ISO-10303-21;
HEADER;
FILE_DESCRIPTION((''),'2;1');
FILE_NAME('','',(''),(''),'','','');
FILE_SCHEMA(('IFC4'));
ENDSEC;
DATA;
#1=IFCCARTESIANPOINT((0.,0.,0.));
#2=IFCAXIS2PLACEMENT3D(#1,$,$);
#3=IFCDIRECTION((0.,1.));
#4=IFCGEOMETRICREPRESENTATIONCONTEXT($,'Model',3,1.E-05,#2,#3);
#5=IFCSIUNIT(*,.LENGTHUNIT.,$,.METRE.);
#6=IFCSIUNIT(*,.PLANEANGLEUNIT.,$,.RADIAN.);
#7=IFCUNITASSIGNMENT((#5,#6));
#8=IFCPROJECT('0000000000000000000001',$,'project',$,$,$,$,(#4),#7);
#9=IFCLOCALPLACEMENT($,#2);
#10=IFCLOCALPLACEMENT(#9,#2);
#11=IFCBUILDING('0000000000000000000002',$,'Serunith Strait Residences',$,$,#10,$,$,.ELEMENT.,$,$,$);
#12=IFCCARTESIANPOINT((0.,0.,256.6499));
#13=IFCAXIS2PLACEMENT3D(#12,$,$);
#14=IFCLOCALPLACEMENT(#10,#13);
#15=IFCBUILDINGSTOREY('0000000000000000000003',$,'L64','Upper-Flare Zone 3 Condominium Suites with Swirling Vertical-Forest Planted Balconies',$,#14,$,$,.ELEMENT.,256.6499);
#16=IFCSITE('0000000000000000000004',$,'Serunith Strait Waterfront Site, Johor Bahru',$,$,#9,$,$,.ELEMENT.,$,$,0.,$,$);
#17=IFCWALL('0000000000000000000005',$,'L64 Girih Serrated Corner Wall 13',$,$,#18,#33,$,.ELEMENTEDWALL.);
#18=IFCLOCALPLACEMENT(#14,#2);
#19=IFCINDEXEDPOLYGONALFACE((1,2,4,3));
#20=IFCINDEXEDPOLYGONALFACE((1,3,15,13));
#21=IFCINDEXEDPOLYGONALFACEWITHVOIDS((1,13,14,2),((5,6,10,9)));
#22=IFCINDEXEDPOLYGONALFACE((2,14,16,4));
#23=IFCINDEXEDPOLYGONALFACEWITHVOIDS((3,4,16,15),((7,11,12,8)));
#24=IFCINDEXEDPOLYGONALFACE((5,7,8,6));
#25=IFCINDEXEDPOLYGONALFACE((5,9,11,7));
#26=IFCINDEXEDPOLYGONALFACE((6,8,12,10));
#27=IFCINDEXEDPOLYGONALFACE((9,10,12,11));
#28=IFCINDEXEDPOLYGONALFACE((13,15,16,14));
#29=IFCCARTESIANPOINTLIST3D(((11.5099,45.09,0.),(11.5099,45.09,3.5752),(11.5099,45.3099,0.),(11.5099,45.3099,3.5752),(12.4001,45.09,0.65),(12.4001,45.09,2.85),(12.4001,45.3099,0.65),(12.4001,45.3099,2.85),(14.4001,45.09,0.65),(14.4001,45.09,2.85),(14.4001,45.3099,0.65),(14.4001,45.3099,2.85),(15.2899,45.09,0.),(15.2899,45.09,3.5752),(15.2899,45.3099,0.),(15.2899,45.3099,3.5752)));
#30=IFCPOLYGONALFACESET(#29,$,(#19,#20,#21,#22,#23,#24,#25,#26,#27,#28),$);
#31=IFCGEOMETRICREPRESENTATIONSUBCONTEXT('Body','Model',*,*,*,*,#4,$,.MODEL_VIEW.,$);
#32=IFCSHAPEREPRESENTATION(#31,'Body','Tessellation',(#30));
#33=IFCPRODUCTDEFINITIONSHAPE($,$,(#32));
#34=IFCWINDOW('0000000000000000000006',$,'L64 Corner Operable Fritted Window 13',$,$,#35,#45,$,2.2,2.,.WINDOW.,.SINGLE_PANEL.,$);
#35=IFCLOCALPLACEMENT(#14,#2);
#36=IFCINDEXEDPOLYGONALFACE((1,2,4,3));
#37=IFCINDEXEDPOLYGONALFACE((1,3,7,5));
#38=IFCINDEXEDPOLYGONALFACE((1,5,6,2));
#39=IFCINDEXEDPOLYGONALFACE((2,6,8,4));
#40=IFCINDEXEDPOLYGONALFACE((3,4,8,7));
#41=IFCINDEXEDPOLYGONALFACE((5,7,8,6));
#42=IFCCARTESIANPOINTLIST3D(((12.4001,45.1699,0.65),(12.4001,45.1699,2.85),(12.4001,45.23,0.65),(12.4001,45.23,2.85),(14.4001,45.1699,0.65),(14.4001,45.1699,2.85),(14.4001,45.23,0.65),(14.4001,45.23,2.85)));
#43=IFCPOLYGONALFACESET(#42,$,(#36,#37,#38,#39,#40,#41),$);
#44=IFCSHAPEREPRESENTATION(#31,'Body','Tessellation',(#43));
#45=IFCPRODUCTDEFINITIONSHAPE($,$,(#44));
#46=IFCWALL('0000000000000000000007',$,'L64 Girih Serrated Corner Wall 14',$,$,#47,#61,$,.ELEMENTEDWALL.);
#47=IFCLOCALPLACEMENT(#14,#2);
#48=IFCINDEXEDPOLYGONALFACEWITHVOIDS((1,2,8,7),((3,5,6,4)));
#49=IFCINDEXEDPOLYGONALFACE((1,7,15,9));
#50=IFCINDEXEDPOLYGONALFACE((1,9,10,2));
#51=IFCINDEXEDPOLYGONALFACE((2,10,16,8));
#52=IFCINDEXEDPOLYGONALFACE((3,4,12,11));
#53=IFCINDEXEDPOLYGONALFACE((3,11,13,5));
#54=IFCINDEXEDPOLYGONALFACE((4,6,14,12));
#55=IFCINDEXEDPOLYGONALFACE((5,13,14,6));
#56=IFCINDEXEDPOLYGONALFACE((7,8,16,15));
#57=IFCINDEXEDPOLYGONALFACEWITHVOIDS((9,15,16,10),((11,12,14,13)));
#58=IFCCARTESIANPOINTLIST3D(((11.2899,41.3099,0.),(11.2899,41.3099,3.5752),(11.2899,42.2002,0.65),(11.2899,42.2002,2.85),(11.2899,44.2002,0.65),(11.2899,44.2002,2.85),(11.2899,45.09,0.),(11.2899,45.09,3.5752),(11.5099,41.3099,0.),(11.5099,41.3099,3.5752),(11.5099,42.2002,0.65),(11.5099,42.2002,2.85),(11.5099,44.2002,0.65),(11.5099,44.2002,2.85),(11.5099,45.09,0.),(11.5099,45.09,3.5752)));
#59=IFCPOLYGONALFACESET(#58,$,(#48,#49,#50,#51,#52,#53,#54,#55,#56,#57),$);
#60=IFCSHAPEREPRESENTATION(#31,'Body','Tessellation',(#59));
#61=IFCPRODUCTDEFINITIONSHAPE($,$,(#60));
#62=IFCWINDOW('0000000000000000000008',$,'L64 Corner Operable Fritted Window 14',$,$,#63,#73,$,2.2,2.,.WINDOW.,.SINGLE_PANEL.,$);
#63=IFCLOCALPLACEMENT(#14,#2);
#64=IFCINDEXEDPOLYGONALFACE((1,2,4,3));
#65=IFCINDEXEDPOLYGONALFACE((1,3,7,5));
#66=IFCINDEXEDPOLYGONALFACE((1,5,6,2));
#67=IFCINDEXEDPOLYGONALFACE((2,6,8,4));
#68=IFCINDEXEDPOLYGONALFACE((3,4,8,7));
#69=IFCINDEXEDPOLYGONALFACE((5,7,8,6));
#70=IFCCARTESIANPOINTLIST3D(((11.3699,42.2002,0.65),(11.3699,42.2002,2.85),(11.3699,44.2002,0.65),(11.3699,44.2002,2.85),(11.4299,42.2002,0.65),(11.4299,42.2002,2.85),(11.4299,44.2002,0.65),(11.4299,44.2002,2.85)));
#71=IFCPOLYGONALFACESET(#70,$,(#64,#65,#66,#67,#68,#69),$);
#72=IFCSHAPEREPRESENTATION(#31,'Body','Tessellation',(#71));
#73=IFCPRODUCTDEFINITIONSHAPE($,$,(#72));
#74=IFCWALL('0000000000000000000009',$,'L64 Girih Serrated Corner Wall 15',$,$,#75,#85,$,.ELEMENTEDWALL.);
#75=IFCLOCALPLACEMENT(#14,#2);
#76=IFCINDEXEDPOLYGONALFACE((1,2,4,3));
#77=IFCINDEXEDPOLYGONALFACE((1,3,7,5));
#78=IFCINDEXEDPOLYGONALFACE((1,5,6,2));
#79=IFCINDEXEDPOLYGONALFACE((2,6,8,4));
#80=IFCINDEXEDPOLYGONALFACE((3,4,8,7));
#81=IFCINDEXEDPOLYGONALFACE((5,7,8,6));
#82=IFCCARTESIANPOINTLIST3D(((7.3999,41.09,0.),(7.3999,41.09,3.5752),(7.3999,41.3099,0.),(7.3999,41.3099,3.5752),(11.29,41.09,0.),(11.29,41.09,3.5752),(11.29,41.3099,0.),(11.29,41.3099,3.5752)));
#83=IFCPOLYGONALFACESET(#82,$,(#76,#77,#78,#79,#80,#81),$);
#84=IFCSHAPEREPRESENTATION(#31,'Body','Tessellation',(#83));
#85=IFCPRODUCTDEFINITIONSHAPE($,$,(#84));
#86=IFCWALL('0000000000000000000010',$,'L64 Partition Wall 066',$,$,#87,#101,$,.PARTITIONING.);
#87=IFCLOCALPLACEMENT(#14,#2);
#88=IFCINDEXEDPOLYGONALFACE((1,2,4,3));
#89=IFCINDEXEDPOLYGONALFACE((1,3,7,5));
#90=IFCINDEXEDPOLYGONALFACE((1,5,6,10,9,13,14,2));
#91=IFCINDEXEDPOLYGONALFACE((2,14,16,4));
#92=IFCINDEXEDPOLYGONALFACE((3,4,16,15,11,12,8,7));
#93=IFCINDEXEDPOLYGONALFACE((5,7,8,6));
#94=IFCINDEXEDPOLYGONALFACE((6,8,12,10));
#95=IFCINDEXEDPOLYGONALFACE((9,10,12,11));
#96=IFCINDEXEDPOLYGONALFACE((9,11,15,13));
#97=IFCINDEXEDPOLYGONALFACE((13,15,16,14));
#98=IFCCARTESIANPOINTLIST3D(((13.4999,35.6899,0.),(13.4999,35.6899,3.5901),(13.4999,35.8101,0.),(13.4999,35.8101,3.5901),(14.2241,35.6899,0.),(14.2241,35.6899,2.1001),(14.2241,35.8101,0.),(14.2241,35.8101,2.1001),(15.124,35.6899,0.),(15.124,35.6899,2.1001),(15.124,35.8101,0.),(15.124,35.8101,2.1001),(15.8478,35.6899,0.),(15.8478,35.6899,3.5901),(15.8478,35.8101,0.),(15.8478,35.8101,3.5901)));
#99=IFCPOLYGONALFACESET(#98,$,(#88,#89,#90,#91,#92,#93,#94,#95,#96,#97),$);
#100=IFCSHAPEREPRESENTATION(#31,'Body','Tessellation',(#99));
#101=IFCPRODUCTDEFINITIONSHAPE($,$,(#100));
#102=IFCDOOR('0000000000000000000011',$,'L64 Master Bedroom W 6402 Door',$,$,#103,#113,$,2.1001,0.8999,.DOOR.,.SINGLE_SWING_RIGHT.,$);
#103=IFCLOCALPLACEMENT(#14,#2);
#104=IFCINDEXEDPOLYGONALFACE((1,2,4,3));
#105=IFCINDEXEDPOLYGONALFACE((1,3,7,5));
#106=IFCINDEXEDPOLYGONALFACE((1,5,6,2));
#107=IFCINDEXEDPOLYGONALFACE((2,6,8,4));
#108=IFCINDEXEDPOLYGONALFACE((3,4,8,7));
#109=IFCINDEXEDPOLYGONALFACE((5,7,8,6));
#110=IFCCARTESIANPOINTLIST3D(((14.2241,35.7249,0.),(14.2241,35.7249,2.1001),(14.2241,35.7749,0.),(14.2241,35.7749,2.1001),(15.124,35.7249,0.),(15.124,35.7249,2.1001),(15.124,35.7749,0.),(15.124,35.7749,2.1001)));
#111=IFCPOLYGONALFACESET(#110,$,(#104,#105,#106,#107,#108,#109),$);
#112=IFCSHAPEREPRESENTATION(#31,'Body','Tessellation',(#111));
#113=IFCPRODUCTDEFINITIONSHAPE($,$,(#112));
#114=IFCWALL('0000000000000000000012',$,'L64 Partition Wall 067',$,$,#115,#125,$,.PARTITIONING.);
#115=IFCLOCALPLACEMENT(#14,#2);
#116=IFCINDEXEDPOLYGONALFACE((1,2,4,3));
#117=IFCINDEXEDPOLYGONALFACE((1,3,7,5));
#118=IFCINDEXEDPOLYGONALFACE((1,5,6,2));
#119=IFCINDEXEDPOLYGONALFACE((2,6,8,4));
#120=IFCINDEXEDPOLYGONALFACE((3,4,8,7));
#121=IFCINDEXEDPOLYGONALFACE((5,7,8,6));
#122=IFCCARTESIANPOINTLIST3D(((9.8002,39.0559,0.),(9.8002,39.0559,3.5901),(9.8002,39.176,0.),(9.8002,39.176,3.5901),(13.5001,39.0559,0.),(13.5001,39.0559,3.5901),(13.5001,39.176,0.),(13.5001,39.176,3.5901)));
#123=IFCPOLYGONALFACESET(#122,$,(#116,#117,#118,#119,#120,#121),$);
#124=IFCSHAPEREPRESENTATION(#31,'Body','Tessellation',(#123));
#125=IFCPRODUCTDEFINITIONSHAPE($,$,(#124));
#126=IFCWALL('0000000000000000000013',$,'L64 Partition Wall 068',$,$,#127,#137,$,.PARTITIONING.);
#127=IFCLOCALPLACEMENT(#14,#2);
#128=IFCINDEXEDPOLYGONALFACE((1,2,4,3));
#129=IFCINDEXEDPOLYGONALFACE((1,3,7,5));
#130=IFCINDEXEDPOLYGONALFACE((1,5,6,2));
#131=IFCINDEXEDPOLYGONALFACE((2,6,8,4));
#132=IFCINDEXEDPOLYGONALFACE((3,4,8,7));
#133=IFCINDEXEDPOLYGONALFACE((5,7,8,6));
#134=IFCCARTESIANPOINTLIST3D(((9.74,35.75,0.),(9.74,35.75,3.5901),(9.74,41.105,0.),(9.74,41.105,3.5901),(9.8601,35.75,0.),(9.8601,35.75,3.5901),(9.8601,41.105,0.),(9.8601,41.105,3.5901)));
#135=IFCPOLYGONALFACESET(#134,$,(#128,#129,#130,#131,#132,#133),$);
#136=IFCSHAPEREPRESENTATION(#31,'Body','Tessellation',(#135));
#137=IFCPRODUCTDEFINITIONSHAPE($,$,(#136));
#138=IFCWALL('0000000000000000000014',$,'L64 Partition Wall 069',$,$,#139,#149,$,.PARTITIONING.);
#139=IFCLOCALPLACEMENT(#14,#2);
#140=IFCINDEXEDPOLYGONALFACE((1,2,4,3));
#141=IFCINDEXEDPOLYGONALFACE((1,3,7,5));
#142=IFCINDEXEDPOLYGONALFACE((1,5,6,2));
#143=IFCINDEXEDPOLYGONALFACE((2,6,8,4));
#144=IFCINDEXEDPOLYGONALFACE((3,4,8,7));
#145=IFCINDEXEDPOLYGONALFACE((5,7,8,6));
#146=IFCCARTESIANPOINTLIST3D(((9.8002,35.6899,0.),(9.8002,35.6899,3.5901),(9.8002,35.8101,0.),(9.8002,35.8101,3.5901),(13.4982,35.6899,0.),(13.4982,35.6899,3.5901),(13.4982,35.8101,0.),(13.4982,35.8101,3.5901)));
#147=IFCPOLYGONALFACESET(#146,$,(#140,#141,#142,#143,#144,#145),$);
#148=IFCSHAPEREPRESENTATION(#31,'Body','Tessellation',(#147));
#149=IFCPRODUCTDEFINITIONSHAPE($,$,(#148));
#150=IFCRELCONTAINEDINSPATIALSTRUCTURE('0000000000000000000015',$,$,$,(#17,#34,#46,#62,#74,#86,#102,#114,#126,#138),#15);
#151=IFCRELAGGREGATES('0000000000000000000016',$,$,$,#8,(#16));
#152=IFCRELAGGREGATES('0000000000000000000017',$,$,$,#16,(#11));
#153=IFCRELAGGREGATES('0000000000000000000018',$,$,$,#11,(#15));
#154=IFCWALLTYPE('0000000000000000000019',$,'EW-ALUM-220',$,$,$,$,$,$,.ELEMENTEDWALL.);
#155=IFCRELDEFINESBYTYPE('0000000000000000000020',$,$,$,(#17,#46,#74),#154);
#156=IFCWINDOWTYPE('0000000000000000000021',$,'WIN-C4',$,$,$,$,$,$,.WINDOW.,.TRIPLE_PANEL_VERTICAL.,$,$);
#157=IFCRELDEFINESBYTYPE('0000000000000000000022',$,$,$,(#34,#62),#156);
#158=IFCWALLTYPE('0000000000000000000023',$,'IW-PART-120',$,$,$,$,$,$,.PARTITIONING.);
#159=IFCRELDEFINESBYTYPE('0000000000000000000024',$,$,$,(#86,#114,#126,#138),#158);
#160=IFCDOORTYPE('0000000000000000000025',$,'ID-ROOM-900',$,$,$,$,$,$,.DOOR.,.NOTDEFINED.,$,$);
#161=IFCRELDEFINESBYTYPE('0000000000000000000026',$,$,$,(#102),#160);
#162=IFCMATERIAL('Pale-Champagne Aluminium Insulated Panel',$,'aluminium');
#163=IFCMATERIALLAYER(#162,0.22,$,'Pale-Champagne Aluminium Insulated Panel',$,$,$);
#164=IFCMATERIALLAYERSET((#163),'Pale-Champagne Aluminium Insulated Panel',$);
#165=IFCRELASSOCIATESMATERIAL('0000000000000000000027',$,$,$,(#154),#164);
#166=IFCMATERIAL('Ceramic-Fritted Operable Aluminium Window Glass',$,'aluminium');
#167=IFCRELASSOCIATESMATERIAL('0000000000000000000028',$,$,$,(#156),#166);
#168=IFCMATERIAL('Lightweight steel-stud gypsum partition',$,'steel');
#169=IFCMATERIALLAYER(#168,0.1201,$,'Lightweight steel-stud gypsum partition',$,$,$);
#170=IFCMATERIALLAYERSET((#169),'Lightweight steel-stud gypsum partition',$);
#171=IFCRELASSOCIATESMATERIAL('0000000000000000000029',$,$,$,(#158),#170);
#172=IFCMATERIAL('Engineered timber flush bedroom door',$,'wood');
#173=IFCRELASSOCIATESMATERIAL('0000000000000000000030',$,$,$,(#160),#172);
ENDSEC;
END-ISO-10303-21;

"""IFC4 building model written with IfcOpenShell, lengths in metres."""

from ifc_helpers import new_model, si_unit, direction, frame, frame_2d, origin, place, context, subcontext, project, spatial, rectangle, extrude, source, transform, mapped, material, layer, layer_set, type_object, element, fill, save


model = new_model("IFC4")

# Units and contexts
model_context = context("Model", 3, precision=1e-05, world=origin(), true_north=direction((0.0, 1.0)))
body_context = subcontext(model_context, "Body", "Model", "MODEL_VIEW")
ifc_project = project(units=[si_unit("LENGTHUNIT", "METRE"), si_unit("PLANEANGLEUNIT", "RADIAN")], contexts=[model_context])

# Site, building, storey
site_placement = place(None, origin())
site = spatial("IfcSite", under=ifc_project, at=site_placement, Name="Serunith Strait Waterfront Site, Johor Bahru", CompositionType="ELEMENT", RefElevation=0.0)
building_placement = place(site_placement, origin())
building = spatial("IfcBuilding", under=site, at=building_placement, Name="Serunith Strait Residences", CompositionType="ELEMENT")
storey_placement = place(building_placement, frame((0.0, 0.0, 256.6499)))
storey = spatial("IfcBuildingStorey", under=building, at=storey_placement, Name="L64", Description="Upper-Flare Zone 3 Condominium Suites with Swirling Vertical-Forest Planted Balconies", CompositionType="ELEMENT", Elevation=256.6499)

# Shared definitions
ifc_material_1 = material(Name="Pale-Champagne Aluminium Insulated Panel", Category="aluminium")
ifc_layer_1 = layer(ifc_material_1, 0.22, Name="Pale-Champagne Aluminium Insulated Panel")
ifc_layer_set_1 = layer_set([ifc_layer_1], Name="Pale-Champagne Aluminium Insulated Panel")
wall_type_1 = type_object("IfcWallType", Name="EW-ALUM-220", PredefinedType="ELEMENTEDWALL", material=ifc_layer_set_1)

# Walls, openings, windows
wall_1_placement = place(storey_placement, frame((15.29, 45.2, 0.0), z_axis=(0.0, 0.0, 1.0), x_axis=(-1.0, 0.0, 0.0)))
wall_1 = element("IfcWall", 1, at=wall_1_placement, inside=storey, type_object=wall_type_1, Name="L64 Girih Serrated Corner Wall 13", PredefinedType="ELEMENTEDWALL", context=body_context, shape_type="SweptSolid", body=[
    extrude(rectangle(XDim=3.78, YDim=0.22, at=frame_2d((1.8901, 0.0))), origin(), (0.0, 0.0, 1.0), 3.5752),
])
opening_1_placement = place(wall_1_placement, frame((0.8899, 0.0, 0.6499)))
opening_1 = element("IfcOpeningElement", 2, at=opening_1_placement, cuts=wall_1, PredefinedType="OPENING", context=body_context, shape_type="SweptSolid", body=[
    extrude(rectangle(XDim=2.0, YDim=2.2, at=frame_2d((1.0, 1.1001))), frame((0.0, 0.1201, 0.0), z_axis=(0.0, -1.0, 0.0), x_axis=(1.0, 0.0, 0.0)), (0.0, 0.0, 1.0), 0.24),
])
ifc_material_2 = material(Name="Ceramic-Fritted Operable Aluminium Window Glass", Category="aluminium")
window_type = type_object("IfcWindowType", Name="WIN-C4", PartitioningType="TRIPLE_PANEL_VERTICAL", PredefinedType="WINDOW", material=ifc_material_2)
shared_shape_1 = source(origin(), body_context, "Body", "SweptSolid", [
    extrude(rectangle(XDim=2.0, YDim=2.2, at=frame_2d((1.0, 1.1001))), frame((0.0, 0.03, 0.0), z_axis=(0.0, -1.0, 0.0), x_axis=(1.0, 0.0, 0.0)), (0.0, 0.0, 1.0), 0.0601),
])
window_1_placement = place(opening_1_placement, origin())
window_1 = element("IfcWindow", 3, at=window_1_placement, inside=storey, type_object=window_type, Name="L64 Corner Operable Fritted Window 13", OverallHeight=2.2, OverallWidth=2.0, PartitioningType="SINGLE_PANEL", PredefinedType="WINDOW", context=body_context, shape_type="MappedRepresentation", body=[
    mapped(shared_shape_1, transform((0.0, 0.0, 0.0), scale=1.0)),
])
fill(opening_1, window_1)
wall_2_placement = place(storey_placement, frame((11.3999, 45.0901, 0.0), z_axis=(0.0, 0.0, 1.0), x_axis=(0.0, -1.0, 0.0)))
wall_2 = element("IfcWall", 4, at=wall_2_placement, inside=storey, type_object=wall_type_1, Name="L64 Girih Serrated Corner Wall 14", PredefinedType="ELEMENTEDWALL", context=body_context, shape_type="SweptSolid", body=[
    extrude(rectangle(XDim=3.78, YDim=0.22, at=frame_2d((1.8901, 0.0))), origin(), (0.0, 0.0, 1.0), 3.5752),
])
opening_2_placement = place(wall_2_placement, frame((0.8899, 0.0, 0.6499)))
opening_2 = element("IfcOpeningElement", 5, at=opening_2_placement, cuts=wall_2, PredefinedType="OPENING", context=body_context, shape_type="SweptSolid", body=[
    extrude(rectangle(XDim=2.0, YDim=2.2, at=frame_2d((1.0, 1.1001))), frame((0.0, 0.1201, 0.0), z_axis=(0.0, -1.0, 0.0), x_axis=(1.0, 0.0, 0.0)), (0.0, 0.0, 1.0), 0.24),
])
window_2_placement = place(opening_2_placement, origin())
window_2 = element("IfcWindow", 6, at=window_2_placement, inside=storey, type_object=window_type, Name="L64 Corner Operable Fritted Window 14", OverallHeight=2.2, OverallWidth=2.0, PartitioningType="SINGLE_PANEL", PredefinedType="WINDOW", context=body_context, shape_type="MappedRepresentation", body=[
    mapped(shared_shape_1, transform((0.0, 0.0, 0.0), scale=1.0)),
])
fill(opening_2, window_2)

# Wall
wall_3_placement = place(storey_placement, frame((11.29, 41.2, 0.0), z_axis=(0.0, 0.0, 1.0), x_axis=(-1.0, 0.0, 0.0)))
element("IfcWall", 7, at=wall_3_placement, inside=storey, type_object=wall_type_1, Name="L64 Girih Serrated Corner Wall 15", PredefinedType="ELEMENTEDWALL", context=body_context, shape_type="SweptSolid", body=[
    extrude(rectangle(XDim=3.8901, YDim=0.22, at=frame_2d((1.9451, 0.0))), origin(), (0.0, 0.0, 1.0), 3.5752),
])

# Wall, opening, door
ifc_material_3 = material(Name="Lightweight steel-stud gypsum partition", Category="steel")
ifc_layer_2 = layer(ifc_material_3, 0.1201, Name="Lightweight steel-stud gypsum partition")
ifc_layer_set_2 = layer_set([ifc_layer_2], Name="Lightweight steel-stud gypsum partition")
wall_type_2 = type_object("IfcWallType", Name="IW-PART-120", PredefinedType="PARTITIONING", material=ifc_layer_set_2)
wall_4_placement = place(storey_placement, frame((13.5, 35.75, 0.0), z_axis=(0.0, 0.0, 1.0), x_axis=(1.0, 0.0, 0.0)))
wall_4 = element("IfcWall", 8, at=wall_4_placement, inside=storey, type_object=wall_type_2, Name="L64 Partition Wall 066", PredefinedType="PARTITIONING", context=body_context, shape_type="SweptSolid", body=[
    extrude(rectangle(XDim=2.3479, YDim=0.1201, at=frame_2d((1.1738, 0.0))), origin(), (0.0, 0.0, 1.0), 3.5901),
])
opening_3_placement = place(wall_4_placement, frame((0.7241, 0.0, 0.0)))
opening_3 = element("IfcOpeningElement", 9, at=opening_3_placement, cuts=wall_4, PredefinedType="OPENING", context=body_context, shape_type="SweptSolid", body=[
    extrude(rectangle(XDim=0.8999, YDim=2.1001, at=frame_2d((0.45, 1.05))), frame((0.0, 0.0701, 0.0), z_axis=(0.0, -1.0, 0.0), x_axis=(1.0, 0.0, 0.0)), (0.0, 0.0, 1.0), 0.1401),
])
ifc_material_4 = material(Name="Engineered timber flush bedroom door", Category="wood")
door_type_1 = type_object("IfcDoorType", Name="ID-ROOM-900", OperationType="NOTDEFINED", PredefinedType="DOOR", material=ifc_material_4)
shared_shape_2 = source(origin(), body_context, "Body", "SweptSolid", [
    extrude(rectangle(XDim=0.8999, YDim=2.1001, at=frame_2d((0.45, 1.05))), frame((0.0, 0.0249, 0.0), z_axis=(0.0, -1.0, 0.0), x_axis=(1.0, 0.0, 0.0)), (0.0, 0.0, 1.0), 0.05),
])
door_1_placement = place(opening_3_placement, origin())
door_1 = element("IfcDoor", 10, at=door_1_placement, inside=storey, type_object=door_type_1, Name="L64 Master Bedroom W 6402 Door", OperationType="SINGLE_SWING_RIGHT", OverallHeight=2.1001, OverallWidth=0.8999, PredefinedType="DOOR", context=body_context, shape_type="MappedRepresentation", body=[
    mapped(shared_shape_2, transform((0.0, 0.0, 0.0), scale=1.0)),
])
fill(opening_3, door_1)

# Walls
wall_5_placement = place(storey_placement, frame((9.8, 39.116, 0.0), z_axis=(0.0, 0.0, 1.0), x_axis=(1.0, 0.0, 0.0)))
element("IfcWall", 11, at=wall_5_placement, inside=storey, type_object=wall_type_2, Name="L64 Partition Wall 067", PredefinedType="PARTITIONING", context=body_context, shape_type="SweptSolid", body=[
    extrude(rectangle(XDim=3.7, YDim=0.1201, at=frame_2d((1.8501, 0.0))), origin(), (0.0, 0.0, 1.0), 3.5901),
])
wall_6_placement = place(storey_placement, frame((9.8, 41.105, 0.0), z_axis=(0.0, 0.0, 1.0), x_axis=(0.0, -1.0, 0.0)))
element("IfcWall", 12, at=wall_6_placement, inside=storey, type_object=wall_type_2, Name="L64 Partition Wall 068", PredefinedType="PARTITIONING", context=body_context, shape_type="SweptSolid", body=[
    extrude(rectangle(XDim=5.355, YDim=0.1201, at=frame_2d((2.6775, 0.0))), origin(), (0.0, 0.0, 1.0), 3.5901),
])
wall_7_placement = place(storey_placement, frame((9.8, 35.75, 0.0), z_axis=(0.0, 0.0, 1.0), x_axis=(1.0, 0.0, 0.0)))
element("IfcWall", 13, at=wall_7_placement, inside=storey, type_object=wall_type_2, Name="L64 Partition Wall 069", PredefinedType="PARTITIONING", context=body_context, shape_type="SweptSolid", body=[
    extrude(rectangle(XDim=3.698, YDim=0.1201, at=frame_2d((1.8491, 0.0))), origin(), (0.0, 0.0, 1.0), 3.5901),
])

save(model, "model.ifc")
